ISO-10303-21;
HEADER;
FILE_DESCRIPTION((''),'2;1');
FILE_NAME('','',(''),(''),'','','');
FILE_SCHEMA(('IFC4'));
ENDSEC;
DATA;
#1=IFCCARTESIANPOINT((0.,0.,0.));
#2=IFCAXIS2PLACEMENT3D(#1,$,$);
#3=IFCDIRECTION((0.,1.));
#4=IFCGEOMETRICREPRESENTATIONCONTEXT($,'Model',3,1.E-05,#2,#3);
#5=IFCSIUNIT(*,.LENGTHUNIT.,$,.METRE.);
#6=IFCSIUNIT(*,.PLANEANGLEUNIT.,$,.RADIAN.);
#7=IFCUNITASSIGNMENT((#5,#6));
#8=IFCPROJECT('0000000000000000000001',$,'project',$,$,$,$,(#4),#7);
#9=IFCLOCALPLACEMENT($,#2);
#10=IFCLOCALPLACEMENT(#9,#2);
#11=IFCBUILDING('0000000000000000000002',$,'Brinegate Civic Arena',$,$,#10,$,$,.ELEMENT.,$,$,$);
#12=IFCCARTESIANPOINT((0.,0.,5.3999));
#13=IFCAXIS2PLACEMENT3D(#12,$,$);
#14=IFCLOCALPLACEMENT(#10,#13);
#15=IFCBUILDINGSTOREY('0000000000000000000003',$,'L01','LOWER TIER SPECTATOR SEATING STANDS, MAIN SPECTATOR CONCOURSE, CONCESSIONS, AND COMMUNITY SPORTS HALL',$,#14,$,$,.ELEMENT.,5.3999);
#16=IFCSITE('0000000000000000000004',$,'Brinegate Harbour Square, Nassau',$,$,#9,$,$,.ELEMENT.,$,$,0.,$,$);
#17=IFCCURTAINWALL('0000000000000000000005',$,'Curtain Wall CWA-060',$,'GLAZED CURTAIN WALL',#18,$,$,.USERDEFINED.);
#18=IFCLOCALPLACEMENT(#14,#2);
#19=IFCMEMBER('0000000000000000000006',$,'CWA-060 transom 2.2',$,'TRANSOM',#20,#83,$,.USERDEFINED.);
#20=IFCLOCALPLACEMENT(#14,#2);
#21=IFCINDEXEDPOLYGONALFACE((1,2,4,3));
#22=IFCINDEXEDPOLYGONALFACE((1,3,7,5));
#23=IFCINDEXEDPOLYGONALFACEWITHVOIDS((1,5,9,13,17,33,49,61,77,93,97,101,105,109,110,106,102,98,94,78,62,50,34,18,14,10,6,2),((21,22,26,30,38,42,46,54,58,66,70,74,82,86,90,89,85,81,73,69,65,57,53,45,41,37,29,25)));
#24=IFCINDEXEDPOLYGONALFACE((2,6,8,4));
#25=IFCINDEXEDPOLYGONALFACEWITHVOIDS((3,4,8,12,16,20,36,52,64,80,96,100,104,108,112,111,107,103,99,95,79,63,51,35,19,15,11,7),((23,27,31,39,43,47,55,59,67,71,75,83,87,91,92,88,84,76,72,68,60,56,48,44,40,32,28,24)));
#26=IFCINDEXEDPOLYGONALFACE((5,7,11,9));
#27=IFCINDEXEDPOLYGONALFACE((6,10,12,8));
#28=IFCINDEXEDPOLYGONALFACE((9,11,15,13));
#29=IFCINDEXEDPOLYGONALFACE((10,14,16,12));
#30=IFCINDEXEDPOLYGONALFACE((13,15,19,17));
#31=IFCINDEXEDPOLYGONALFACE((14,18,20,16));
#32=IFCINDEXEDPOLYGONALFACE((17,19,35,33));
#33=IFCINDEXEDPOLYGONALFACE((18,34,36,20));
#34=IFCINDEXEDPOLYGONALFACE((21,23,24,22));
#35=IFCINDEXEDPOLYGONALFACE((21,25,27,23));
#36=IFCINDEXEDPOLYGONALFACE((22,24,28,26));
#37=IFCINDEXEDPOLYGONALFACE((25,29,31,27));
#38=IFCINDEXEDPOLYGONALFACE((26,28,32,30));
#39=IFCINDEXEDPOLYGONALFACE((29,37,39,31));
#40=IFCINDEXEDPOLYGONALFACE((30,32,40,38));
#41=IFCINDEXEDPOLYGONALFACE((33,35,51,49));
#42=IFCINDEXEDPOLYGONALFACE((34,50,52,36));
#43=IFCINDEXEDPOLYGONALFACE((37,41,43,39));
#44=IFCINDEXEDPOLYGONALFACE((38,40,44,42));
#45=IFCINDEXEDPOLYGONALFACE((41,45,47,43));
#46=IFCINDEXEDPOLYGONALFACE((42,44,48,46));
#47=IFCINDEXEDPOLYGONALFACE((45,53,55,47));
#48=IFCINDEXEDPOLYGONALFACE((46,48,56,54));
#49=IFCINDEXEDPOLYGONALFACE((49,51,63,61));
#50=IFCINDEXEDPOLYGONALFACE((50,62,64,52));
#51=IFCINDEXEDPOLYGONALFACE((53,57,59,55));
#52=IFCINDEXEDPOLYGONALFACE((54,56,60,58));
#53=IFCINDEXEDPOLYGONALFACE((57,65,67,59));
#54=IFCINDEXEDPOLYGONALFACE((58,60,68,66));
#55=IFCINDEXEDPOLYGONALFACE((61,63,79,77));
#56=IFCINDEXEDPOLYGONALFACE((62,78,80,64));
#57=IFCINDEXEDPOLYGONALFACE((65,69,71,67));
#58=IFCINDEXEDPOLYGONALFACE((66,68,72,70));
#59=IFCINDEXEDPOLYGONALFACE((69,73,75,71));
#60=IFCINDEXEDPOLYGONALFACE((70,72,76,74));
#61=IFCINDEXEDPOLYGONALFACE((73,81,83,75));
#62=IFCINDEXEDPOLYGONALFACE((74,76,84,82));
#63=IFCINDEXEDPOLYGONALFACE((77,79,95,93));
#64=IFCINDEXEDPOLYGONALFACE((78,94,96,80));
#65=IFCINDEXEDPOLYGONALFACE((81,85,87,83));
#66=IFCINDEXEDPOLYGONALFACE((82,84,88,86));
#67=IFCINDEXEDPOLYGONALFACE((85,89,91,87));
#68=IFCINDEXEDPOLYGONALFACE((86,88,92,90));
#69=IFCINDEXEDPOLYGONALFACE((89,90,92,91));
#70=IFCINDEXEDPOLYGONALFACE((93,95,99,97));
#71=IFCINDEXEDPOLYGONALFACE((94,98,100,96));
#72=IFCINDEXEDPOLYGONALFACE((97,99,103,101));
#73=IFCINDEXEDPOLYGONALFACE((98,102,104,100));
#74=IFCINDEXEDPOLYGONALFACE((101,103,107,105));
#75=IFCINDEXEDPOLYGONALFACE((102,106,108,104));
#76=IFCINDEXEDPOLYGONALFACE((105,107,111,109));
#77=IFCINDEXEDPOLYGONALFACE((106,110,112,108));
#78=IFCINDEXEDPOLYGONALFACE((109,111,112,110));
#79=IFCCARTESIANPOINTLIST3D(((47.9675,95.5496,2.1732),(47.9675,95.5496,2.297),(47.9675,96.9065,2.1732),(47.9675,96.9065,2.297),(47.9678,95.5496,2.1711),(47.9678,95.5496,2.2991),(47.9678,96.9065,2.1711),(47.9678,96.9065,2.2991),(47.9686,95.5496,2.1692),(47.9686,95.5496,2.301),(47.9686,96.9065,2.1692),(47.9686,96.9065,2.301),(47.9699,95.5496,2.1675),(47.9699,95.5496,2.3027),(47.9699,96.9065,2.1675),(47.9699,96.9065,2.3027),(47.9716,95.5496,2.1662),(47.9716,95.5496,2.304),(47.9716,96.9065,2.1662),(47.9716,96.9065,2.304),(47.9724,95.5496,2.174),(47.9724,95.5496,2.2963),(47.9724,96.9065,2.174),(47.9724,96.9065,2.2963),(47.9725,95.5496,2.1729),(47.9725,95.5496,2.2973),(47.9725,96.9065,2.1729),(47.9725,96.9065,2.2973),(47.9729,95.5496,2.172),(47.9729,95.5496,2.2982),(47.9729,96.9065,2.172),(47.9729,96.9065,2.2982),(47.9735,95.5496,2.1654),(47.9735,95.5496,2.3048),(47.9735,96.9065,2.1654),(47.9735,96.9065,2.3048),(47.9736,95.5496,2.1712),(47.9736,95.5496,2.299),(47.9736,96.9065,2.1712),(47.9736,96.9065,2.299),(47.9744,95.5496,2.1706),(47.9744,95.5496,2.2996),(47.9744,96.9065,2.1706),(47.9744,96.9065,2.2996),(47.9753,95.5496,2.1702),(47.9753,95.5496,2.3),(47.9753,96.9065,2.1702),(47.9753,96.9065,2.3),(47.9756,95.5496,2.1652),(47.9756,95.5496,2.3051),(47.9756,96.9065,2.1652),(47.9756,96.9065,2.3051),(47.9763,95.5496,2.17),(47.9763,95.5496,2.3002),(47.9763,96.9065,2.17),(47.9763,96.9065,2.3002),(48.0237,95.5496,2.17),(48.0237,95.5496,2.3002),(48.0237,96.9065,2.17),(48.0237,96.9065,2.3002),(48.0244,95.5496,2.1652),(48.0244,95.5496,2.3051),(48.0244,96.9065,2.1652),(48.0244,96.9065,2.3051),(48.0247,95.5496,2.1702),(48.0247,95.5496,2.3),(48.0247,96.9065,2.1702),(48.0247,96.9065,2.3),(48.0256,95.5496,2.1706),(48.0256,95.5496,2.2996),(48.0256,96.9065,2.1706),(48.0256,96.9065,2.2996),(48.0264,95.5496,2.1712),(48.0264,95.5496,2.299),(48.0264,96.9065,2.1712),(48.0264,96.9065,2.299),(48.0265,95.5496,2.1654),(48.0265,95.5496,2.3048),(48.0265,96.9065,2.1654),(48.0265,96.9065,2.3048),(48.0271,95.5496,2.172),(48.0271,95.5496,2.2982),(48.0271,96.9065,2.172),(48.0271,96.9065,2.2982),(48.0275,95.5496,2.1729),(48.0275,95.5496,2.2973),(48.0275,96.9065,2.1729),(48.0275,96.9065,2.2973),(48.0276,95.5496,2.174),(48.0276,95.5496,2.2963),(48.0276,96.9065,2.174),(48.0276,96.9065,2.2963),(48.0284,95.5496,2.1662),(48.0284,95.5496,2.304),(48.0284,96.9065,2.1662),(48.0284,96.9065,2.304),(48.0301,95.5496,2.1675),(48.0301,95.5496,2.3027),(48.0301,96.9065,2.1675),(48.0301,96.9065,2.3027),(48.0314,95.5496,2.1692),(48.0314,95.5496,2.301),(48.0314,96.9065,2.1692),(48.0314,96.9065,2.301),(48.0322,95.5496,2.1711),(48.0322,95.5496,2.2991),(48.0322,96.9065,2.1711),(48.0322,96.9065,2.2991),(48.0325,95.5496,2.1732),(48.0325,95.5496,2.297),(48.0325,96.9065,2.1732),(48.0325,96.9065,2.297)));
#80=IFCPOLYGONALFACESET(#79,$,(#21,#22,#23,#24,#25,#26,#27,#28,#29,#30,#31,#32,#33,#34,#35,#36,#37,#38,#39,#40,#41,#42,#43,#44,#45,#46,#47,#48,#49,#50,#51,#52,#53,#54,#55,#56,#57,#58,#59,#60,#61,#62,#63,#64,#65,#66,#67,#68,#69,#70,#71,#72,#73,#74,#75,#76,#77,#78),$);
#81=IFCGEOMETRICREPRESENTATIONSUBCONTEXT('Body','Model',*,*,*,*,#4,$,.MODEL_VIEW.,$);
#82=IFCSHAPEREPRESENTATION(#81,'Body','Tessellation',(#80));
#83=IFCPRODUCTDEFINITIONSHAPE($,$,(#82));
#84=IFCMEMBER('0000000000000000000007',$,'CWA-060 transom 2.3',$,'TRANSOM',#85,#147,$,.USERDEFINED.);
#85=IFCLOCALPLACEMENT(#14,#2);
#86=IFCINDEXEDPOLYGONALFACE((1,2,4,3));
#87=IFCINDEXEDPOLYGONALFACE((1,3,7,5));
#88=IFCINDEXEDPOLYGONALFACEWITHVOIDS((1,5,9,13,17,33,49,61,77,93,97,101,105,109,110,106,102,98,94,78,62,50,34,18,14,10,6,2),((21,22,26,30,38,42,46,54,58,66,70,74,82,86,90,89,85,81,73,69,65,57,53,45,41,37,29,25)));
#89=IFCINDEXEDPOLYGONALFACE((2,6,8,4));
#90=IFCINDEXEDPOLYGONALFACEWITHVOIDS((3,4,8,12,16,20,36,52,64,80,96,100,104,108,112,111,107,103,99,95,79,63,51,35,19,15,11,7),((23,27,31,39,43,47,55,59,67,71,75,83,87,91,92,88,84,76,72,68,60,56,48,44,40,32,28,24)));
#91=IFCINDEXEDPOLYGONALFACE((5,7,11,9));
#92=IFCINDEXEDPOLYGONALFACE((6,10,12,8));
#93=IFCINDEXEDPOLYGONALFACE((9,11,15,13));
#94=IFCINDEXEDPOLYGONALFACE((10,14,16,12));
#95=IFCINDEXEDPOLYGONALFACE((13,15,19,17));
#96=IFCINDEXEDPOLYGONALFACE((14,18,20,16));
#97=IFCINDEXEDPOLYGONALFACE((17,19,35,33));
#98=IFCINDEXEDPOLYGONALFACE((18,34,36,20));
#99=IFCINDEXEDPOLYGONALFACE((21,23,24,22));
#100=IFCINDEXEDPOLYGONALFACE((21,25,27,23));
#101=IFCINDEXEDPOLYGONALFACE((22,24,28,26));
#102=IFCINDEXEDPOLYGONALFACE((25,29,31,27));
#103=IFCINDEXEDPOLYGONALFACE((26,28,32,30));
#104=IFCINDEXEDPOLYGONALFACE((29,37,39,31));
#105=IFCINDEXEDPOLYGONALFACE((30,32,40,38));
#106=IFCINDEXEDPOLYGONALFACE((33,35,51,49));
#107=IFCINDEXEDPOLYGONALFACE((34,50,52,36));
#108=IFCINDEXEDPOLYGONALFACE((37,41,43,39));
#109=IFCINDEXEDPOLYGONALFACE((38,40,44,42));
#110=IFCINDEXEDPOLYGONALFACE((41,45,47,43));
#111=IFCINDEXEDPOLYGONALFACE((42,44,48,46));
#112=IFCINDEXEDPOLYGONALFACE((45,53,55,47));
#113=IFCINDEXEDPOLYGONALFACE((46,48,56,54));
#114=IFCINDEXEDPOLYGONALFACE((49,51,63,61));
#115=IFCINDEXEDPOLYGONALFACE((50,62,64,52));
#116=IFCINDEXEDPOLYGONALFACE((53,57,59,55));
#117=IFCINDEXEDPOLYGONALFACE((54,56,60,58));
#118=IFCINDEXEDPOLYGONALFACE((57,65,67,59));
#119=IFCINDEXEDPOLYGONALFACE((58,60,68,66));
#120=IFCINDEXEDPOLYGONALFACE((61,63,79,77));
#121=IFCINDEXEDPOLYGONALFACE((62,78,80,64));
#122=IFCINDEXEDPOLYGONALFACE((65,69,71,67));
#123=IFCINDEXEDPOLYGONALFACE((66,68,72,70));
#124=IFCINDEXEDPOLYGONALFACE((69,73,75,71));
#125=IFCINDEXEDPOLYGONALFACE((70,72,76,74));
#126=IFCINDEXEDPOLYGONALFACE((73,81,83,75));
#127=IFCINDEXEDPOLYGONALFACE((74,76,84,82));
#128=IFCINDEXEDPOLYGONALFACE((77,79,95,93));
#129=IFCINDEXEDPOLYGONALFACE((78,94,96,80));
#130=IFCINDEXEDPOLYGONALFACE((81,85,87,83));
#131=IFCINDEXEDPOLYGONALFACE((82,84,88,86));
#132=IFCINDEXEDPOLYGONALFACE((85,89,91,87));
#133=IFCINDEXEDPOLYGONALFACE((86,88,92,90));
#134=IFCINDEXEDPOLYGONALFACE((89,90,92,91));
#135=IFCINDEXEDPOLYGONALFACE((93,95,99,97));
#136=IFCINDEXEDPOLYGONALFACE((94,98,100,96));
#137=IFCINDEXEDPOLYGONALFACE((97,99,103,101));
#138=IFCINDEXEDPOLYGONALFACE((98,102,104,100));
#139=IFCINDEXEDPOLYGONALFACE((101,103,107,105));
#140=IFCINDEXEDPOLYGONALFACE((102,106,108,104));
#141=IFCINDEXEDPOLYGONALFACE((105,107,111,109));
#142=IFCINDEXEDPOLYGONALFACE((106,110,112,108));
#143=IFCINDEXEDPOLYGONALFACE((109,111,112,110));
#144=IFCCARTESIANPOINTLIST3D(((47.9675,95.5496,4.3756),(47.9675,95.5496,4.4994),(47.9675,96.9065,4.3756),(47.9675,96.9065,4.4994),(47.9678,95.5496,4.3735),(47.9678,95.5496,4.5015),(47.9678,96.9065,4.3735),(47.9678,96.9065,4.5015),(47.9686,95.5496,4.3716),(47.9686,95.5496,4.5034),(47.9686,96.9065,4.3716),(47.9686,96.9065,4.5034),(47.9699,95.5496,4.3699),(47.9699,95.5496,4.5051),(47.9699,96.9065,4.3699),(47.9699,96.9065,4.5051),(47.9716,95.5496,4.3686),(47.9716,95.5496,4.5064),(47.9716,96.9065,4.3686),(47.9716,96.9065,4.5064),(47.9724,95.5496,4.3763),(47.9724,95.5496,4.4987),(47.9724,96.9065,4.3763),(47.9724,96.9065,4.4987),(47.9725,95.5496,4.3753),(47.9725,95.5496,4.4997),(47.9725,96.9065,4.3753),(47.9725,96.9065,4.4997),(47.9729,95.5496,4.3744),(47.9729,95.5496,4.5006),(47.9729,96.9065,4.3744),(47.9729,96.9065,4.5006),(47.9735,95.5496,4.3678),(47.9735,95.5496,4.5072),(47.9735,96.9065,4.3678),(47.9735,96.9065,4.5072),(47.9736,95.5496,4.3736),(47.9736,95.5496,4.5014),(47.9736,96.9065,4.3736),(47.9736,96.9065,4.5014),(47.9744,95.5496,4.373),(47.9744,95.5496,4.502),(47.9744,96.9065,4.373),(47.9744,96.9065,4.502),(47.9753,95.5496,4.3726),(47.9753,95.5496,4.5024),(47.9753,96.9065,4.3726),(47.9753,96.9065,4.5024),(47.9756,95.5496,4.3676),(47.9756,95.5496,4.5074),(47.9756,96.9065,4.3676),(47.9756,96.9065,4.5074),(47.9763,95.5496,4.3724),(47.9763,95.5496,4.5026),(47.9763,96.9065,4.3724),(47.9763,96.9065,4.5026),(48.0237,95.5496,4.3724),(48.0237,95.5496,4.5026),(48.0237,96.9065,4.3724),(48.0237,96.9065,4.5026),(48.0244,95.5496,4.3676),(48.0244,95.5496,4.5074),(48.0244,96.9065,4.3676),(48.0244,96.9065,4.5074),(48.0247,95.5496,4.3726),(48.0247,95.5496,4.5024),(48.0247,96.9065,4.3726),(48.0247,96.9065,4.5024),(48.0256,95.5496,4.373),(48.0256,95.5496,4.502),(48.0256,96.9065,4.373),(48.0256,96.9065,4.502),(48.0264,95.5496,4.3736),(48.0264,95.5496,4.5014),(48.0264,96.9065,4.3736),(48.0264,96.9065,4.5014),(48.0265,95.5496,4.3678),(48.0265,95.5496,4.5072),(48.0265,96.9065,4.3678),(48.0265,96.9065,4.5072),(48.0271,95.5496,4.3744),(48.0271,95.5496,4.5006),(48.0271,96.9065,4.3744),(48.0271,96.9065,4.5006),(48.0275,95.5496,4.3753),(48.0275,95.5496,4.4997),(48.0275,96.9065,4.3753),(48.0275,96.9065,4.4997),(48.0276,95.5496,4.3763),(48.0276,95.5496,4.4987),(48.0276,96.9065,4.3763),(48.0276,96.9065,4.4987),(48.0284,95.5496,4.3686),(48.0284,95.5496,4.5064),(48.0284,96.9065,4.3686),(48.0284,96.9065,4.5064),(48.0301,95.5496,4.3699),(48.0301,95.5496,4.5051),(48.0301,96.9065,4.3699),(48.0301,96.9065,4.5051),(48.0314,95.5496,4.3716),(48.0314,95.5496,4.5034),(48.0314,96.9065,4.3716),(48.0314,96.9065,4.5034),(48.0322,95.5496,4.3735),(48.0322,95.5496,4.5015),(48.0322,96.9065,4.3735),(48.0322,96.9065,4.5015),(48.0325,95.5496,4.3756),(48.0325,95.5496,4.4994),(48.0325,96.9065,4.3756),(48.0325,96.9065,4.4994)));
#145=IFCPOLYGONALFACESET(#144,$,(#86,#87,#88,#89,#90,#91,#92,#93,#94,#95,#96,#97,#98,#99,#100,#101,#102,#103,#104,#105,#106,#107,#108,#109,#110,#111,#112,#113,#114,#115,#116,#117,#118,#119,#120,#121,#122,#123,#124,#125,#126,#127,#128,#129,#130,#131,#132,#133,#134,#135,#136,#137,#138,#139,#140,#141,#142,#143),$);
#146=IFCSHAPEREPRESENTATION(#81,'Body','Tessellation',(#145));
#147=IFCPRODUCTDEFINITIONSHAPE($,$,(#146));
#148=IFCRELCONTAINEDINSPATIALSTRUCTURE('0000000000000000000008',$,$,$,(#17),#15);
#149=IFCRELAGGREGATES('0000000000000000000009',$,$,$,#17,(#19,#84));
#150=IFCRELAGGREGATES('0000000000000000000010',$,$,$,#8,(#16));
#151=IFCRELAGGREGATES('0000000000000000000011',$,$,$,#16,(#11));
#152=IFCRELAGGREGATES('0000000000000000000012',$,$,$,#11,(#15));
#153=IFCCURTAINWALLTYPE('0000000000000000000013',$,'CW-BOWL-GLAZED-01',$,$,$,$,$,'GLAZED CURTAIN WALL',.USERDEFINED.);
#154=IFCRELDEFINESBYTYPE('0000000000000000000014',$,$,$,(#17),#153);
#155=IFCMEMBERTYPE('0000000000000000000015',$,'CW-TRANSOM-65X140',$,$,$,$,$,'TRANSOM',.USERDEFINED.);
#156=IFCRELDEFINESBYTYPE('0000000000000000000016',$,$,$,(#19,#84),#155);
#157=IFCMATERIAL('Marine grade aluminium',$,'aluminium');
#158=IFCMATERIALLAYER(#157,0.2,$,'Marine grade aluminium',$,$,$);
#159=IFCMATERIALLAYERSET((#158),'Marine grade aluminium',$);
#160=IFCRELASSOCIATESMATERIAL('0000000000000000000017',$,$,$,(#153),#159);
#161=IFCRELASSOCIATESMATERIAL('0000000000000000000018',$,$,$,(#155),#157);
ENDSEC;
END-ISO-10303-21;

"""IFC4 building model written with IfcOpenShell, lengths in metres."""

from ifc_helpers import new_model, si_unit, direction, frame, origin, origin_2d, place, context, subcontext, project, spatial, hollow_rectangle, extrude, material, layer, layer_set, material_profile, profile_set, type_object, element, aggregate, save


model = new_model("IFC4")

# Units and contexts
model_context = context("Model", 3, precision=1e-05, world=origin(), true_north=direction((0.0, 1.0)))
body_context = subcontext(model_context, "Body", "Model", "MODEL_VIEW")
ifc_project = project(units=[si_unit("LENGTHUNIT", "METRE"), si_unit("PLANEANGLEUNIT", "RADIAN")], contexts=[model_context])

# Site, building, storey
site_placement = place(None, origin())
site = spatial("IfcSite", under=ifc_project, at=site_placement, Name="Brinegate Harbour Square, Nassau", CompositionType="ELEMENT", RefElevation=0.0)
building_placement = place(site_placement, origin())
building = spatial("IfcBuilding", under=site, at=building_placement, Name="Brinegate Civic Arena", CompositionType="ELEMENT")
storey_placement = place(building_placement, frame((0.0, 0.0, 5.3999)))
storey = spatial("IfcBuildingStorey", under=building, at=storey_placement, Name="L01", Description="LOWER TIER SPECTATOR SEATING STANDS, MAIN SPECTATOR CONCOURSE, CONCESSIONS, AND COMMUNITY SPORTS HALL", CompositionType="ELEMENT", Elevation=5.3999)

# Curtain wall, members
ifc_material_1 = material(Name="Marine grade aluminium", Category="aluminium")
ifc_layer_1 = layer(ifc_material_1, 0.2, Name="Marine grade aluminium")
ifc_layer_set_1 = layer_set([ifc_layer_1], Name="Marine grade aluminium")
curtain_wall_type = type_object("IfcCurtainWallType", Name="CW-BOWL-GLAZED-01", ElementType="GLAZED CURTAIN WALL", PredefinedType="USERDEFINED", material=ifc_layer_set_1)
curtain_wall_1_placement = place(storey_placement, origin())
curtain_wall_1 = element("IfcCurtainWall", 1, at=curtain_wall_1_placement, inside=storey, type_object=curtain_wall_type, Name="Curtain Wall CWA-060", ObjectType="GLAZED CURTAIN WALL", PredefinedType="USERDEFINED")
ifc_material_profile_1 = material_profile(ifc_material_1, hollow_rectangle(XDim=0.0649, YDim=0.1399, WallThickness=0.0049, InnerFilletRadius=0.0039, OuterFilletRadius=0.0081, at=origin_2d()), Name="TRN65X140")
ifc_profile_set_1 = profile_set([ifc_material_profile_1], Name="Marine grade aluminium")
member_type_1 = type_object("IfcMemberType", Name="CW-TRANSOM-65X140", ElementType="TRANSOM", PredefinedType="USERDEFINED", material=ifc_profile_set_1)
member_1_placement = place(storey_placement, frame((48.0, 95.5496, 2.2351), z_axis=(0.0, 1.0, 0.0), x_axis=(-1.0, 0.0, 0.0)))
member_1 = element("IfcMember", 2, at=member_1_placement, type_object=member_type_1, Name="CWA-060 transom 2.2", ObjectType="TRANSOM", PredefinedType="USERDEFINED", context=body_context, shape_type="SweptSolid", body=[
    extrude(hollow_rectangle(XDim=0.0649, YDim=0.1399, WallThickness=0.0049, InnerFilletRadius=0.0039, OuterFilletRadius=0.0081, at=origin_2d()), origin(), (0.0, 0.0, 1.0), 1.3569),
])
member_2_placement = place(storey_placement, frame((48.0, 95.5496, 4.4375), z_axis=(0.0, 1.0, 0.0), x_axis=(-1.0, 0.0, 0.0)))
member_2 = element("IfcMember", 3, at=member_2_placement, type_object=member_type_1, Name="CWA-060 transom 2.3", ObjectType="TRANSOM", PredefinedType="USERDEFINED", context=body_context, shape_type="SweptSolid", body=[
    extrude(hollow_rectangle(XDim=0.0649, YDim=0.1399, WallThickness=0.0049, InnerFilletRadius=0.0039, OuterFilletRadius=0.0081, at=origin_2d()), origin(), (0.0, 0.0, 1.0), 1.3569),
])

aggregate(curtain_wall_1, [member_1, member_2])

save(model, "model.ifc")
